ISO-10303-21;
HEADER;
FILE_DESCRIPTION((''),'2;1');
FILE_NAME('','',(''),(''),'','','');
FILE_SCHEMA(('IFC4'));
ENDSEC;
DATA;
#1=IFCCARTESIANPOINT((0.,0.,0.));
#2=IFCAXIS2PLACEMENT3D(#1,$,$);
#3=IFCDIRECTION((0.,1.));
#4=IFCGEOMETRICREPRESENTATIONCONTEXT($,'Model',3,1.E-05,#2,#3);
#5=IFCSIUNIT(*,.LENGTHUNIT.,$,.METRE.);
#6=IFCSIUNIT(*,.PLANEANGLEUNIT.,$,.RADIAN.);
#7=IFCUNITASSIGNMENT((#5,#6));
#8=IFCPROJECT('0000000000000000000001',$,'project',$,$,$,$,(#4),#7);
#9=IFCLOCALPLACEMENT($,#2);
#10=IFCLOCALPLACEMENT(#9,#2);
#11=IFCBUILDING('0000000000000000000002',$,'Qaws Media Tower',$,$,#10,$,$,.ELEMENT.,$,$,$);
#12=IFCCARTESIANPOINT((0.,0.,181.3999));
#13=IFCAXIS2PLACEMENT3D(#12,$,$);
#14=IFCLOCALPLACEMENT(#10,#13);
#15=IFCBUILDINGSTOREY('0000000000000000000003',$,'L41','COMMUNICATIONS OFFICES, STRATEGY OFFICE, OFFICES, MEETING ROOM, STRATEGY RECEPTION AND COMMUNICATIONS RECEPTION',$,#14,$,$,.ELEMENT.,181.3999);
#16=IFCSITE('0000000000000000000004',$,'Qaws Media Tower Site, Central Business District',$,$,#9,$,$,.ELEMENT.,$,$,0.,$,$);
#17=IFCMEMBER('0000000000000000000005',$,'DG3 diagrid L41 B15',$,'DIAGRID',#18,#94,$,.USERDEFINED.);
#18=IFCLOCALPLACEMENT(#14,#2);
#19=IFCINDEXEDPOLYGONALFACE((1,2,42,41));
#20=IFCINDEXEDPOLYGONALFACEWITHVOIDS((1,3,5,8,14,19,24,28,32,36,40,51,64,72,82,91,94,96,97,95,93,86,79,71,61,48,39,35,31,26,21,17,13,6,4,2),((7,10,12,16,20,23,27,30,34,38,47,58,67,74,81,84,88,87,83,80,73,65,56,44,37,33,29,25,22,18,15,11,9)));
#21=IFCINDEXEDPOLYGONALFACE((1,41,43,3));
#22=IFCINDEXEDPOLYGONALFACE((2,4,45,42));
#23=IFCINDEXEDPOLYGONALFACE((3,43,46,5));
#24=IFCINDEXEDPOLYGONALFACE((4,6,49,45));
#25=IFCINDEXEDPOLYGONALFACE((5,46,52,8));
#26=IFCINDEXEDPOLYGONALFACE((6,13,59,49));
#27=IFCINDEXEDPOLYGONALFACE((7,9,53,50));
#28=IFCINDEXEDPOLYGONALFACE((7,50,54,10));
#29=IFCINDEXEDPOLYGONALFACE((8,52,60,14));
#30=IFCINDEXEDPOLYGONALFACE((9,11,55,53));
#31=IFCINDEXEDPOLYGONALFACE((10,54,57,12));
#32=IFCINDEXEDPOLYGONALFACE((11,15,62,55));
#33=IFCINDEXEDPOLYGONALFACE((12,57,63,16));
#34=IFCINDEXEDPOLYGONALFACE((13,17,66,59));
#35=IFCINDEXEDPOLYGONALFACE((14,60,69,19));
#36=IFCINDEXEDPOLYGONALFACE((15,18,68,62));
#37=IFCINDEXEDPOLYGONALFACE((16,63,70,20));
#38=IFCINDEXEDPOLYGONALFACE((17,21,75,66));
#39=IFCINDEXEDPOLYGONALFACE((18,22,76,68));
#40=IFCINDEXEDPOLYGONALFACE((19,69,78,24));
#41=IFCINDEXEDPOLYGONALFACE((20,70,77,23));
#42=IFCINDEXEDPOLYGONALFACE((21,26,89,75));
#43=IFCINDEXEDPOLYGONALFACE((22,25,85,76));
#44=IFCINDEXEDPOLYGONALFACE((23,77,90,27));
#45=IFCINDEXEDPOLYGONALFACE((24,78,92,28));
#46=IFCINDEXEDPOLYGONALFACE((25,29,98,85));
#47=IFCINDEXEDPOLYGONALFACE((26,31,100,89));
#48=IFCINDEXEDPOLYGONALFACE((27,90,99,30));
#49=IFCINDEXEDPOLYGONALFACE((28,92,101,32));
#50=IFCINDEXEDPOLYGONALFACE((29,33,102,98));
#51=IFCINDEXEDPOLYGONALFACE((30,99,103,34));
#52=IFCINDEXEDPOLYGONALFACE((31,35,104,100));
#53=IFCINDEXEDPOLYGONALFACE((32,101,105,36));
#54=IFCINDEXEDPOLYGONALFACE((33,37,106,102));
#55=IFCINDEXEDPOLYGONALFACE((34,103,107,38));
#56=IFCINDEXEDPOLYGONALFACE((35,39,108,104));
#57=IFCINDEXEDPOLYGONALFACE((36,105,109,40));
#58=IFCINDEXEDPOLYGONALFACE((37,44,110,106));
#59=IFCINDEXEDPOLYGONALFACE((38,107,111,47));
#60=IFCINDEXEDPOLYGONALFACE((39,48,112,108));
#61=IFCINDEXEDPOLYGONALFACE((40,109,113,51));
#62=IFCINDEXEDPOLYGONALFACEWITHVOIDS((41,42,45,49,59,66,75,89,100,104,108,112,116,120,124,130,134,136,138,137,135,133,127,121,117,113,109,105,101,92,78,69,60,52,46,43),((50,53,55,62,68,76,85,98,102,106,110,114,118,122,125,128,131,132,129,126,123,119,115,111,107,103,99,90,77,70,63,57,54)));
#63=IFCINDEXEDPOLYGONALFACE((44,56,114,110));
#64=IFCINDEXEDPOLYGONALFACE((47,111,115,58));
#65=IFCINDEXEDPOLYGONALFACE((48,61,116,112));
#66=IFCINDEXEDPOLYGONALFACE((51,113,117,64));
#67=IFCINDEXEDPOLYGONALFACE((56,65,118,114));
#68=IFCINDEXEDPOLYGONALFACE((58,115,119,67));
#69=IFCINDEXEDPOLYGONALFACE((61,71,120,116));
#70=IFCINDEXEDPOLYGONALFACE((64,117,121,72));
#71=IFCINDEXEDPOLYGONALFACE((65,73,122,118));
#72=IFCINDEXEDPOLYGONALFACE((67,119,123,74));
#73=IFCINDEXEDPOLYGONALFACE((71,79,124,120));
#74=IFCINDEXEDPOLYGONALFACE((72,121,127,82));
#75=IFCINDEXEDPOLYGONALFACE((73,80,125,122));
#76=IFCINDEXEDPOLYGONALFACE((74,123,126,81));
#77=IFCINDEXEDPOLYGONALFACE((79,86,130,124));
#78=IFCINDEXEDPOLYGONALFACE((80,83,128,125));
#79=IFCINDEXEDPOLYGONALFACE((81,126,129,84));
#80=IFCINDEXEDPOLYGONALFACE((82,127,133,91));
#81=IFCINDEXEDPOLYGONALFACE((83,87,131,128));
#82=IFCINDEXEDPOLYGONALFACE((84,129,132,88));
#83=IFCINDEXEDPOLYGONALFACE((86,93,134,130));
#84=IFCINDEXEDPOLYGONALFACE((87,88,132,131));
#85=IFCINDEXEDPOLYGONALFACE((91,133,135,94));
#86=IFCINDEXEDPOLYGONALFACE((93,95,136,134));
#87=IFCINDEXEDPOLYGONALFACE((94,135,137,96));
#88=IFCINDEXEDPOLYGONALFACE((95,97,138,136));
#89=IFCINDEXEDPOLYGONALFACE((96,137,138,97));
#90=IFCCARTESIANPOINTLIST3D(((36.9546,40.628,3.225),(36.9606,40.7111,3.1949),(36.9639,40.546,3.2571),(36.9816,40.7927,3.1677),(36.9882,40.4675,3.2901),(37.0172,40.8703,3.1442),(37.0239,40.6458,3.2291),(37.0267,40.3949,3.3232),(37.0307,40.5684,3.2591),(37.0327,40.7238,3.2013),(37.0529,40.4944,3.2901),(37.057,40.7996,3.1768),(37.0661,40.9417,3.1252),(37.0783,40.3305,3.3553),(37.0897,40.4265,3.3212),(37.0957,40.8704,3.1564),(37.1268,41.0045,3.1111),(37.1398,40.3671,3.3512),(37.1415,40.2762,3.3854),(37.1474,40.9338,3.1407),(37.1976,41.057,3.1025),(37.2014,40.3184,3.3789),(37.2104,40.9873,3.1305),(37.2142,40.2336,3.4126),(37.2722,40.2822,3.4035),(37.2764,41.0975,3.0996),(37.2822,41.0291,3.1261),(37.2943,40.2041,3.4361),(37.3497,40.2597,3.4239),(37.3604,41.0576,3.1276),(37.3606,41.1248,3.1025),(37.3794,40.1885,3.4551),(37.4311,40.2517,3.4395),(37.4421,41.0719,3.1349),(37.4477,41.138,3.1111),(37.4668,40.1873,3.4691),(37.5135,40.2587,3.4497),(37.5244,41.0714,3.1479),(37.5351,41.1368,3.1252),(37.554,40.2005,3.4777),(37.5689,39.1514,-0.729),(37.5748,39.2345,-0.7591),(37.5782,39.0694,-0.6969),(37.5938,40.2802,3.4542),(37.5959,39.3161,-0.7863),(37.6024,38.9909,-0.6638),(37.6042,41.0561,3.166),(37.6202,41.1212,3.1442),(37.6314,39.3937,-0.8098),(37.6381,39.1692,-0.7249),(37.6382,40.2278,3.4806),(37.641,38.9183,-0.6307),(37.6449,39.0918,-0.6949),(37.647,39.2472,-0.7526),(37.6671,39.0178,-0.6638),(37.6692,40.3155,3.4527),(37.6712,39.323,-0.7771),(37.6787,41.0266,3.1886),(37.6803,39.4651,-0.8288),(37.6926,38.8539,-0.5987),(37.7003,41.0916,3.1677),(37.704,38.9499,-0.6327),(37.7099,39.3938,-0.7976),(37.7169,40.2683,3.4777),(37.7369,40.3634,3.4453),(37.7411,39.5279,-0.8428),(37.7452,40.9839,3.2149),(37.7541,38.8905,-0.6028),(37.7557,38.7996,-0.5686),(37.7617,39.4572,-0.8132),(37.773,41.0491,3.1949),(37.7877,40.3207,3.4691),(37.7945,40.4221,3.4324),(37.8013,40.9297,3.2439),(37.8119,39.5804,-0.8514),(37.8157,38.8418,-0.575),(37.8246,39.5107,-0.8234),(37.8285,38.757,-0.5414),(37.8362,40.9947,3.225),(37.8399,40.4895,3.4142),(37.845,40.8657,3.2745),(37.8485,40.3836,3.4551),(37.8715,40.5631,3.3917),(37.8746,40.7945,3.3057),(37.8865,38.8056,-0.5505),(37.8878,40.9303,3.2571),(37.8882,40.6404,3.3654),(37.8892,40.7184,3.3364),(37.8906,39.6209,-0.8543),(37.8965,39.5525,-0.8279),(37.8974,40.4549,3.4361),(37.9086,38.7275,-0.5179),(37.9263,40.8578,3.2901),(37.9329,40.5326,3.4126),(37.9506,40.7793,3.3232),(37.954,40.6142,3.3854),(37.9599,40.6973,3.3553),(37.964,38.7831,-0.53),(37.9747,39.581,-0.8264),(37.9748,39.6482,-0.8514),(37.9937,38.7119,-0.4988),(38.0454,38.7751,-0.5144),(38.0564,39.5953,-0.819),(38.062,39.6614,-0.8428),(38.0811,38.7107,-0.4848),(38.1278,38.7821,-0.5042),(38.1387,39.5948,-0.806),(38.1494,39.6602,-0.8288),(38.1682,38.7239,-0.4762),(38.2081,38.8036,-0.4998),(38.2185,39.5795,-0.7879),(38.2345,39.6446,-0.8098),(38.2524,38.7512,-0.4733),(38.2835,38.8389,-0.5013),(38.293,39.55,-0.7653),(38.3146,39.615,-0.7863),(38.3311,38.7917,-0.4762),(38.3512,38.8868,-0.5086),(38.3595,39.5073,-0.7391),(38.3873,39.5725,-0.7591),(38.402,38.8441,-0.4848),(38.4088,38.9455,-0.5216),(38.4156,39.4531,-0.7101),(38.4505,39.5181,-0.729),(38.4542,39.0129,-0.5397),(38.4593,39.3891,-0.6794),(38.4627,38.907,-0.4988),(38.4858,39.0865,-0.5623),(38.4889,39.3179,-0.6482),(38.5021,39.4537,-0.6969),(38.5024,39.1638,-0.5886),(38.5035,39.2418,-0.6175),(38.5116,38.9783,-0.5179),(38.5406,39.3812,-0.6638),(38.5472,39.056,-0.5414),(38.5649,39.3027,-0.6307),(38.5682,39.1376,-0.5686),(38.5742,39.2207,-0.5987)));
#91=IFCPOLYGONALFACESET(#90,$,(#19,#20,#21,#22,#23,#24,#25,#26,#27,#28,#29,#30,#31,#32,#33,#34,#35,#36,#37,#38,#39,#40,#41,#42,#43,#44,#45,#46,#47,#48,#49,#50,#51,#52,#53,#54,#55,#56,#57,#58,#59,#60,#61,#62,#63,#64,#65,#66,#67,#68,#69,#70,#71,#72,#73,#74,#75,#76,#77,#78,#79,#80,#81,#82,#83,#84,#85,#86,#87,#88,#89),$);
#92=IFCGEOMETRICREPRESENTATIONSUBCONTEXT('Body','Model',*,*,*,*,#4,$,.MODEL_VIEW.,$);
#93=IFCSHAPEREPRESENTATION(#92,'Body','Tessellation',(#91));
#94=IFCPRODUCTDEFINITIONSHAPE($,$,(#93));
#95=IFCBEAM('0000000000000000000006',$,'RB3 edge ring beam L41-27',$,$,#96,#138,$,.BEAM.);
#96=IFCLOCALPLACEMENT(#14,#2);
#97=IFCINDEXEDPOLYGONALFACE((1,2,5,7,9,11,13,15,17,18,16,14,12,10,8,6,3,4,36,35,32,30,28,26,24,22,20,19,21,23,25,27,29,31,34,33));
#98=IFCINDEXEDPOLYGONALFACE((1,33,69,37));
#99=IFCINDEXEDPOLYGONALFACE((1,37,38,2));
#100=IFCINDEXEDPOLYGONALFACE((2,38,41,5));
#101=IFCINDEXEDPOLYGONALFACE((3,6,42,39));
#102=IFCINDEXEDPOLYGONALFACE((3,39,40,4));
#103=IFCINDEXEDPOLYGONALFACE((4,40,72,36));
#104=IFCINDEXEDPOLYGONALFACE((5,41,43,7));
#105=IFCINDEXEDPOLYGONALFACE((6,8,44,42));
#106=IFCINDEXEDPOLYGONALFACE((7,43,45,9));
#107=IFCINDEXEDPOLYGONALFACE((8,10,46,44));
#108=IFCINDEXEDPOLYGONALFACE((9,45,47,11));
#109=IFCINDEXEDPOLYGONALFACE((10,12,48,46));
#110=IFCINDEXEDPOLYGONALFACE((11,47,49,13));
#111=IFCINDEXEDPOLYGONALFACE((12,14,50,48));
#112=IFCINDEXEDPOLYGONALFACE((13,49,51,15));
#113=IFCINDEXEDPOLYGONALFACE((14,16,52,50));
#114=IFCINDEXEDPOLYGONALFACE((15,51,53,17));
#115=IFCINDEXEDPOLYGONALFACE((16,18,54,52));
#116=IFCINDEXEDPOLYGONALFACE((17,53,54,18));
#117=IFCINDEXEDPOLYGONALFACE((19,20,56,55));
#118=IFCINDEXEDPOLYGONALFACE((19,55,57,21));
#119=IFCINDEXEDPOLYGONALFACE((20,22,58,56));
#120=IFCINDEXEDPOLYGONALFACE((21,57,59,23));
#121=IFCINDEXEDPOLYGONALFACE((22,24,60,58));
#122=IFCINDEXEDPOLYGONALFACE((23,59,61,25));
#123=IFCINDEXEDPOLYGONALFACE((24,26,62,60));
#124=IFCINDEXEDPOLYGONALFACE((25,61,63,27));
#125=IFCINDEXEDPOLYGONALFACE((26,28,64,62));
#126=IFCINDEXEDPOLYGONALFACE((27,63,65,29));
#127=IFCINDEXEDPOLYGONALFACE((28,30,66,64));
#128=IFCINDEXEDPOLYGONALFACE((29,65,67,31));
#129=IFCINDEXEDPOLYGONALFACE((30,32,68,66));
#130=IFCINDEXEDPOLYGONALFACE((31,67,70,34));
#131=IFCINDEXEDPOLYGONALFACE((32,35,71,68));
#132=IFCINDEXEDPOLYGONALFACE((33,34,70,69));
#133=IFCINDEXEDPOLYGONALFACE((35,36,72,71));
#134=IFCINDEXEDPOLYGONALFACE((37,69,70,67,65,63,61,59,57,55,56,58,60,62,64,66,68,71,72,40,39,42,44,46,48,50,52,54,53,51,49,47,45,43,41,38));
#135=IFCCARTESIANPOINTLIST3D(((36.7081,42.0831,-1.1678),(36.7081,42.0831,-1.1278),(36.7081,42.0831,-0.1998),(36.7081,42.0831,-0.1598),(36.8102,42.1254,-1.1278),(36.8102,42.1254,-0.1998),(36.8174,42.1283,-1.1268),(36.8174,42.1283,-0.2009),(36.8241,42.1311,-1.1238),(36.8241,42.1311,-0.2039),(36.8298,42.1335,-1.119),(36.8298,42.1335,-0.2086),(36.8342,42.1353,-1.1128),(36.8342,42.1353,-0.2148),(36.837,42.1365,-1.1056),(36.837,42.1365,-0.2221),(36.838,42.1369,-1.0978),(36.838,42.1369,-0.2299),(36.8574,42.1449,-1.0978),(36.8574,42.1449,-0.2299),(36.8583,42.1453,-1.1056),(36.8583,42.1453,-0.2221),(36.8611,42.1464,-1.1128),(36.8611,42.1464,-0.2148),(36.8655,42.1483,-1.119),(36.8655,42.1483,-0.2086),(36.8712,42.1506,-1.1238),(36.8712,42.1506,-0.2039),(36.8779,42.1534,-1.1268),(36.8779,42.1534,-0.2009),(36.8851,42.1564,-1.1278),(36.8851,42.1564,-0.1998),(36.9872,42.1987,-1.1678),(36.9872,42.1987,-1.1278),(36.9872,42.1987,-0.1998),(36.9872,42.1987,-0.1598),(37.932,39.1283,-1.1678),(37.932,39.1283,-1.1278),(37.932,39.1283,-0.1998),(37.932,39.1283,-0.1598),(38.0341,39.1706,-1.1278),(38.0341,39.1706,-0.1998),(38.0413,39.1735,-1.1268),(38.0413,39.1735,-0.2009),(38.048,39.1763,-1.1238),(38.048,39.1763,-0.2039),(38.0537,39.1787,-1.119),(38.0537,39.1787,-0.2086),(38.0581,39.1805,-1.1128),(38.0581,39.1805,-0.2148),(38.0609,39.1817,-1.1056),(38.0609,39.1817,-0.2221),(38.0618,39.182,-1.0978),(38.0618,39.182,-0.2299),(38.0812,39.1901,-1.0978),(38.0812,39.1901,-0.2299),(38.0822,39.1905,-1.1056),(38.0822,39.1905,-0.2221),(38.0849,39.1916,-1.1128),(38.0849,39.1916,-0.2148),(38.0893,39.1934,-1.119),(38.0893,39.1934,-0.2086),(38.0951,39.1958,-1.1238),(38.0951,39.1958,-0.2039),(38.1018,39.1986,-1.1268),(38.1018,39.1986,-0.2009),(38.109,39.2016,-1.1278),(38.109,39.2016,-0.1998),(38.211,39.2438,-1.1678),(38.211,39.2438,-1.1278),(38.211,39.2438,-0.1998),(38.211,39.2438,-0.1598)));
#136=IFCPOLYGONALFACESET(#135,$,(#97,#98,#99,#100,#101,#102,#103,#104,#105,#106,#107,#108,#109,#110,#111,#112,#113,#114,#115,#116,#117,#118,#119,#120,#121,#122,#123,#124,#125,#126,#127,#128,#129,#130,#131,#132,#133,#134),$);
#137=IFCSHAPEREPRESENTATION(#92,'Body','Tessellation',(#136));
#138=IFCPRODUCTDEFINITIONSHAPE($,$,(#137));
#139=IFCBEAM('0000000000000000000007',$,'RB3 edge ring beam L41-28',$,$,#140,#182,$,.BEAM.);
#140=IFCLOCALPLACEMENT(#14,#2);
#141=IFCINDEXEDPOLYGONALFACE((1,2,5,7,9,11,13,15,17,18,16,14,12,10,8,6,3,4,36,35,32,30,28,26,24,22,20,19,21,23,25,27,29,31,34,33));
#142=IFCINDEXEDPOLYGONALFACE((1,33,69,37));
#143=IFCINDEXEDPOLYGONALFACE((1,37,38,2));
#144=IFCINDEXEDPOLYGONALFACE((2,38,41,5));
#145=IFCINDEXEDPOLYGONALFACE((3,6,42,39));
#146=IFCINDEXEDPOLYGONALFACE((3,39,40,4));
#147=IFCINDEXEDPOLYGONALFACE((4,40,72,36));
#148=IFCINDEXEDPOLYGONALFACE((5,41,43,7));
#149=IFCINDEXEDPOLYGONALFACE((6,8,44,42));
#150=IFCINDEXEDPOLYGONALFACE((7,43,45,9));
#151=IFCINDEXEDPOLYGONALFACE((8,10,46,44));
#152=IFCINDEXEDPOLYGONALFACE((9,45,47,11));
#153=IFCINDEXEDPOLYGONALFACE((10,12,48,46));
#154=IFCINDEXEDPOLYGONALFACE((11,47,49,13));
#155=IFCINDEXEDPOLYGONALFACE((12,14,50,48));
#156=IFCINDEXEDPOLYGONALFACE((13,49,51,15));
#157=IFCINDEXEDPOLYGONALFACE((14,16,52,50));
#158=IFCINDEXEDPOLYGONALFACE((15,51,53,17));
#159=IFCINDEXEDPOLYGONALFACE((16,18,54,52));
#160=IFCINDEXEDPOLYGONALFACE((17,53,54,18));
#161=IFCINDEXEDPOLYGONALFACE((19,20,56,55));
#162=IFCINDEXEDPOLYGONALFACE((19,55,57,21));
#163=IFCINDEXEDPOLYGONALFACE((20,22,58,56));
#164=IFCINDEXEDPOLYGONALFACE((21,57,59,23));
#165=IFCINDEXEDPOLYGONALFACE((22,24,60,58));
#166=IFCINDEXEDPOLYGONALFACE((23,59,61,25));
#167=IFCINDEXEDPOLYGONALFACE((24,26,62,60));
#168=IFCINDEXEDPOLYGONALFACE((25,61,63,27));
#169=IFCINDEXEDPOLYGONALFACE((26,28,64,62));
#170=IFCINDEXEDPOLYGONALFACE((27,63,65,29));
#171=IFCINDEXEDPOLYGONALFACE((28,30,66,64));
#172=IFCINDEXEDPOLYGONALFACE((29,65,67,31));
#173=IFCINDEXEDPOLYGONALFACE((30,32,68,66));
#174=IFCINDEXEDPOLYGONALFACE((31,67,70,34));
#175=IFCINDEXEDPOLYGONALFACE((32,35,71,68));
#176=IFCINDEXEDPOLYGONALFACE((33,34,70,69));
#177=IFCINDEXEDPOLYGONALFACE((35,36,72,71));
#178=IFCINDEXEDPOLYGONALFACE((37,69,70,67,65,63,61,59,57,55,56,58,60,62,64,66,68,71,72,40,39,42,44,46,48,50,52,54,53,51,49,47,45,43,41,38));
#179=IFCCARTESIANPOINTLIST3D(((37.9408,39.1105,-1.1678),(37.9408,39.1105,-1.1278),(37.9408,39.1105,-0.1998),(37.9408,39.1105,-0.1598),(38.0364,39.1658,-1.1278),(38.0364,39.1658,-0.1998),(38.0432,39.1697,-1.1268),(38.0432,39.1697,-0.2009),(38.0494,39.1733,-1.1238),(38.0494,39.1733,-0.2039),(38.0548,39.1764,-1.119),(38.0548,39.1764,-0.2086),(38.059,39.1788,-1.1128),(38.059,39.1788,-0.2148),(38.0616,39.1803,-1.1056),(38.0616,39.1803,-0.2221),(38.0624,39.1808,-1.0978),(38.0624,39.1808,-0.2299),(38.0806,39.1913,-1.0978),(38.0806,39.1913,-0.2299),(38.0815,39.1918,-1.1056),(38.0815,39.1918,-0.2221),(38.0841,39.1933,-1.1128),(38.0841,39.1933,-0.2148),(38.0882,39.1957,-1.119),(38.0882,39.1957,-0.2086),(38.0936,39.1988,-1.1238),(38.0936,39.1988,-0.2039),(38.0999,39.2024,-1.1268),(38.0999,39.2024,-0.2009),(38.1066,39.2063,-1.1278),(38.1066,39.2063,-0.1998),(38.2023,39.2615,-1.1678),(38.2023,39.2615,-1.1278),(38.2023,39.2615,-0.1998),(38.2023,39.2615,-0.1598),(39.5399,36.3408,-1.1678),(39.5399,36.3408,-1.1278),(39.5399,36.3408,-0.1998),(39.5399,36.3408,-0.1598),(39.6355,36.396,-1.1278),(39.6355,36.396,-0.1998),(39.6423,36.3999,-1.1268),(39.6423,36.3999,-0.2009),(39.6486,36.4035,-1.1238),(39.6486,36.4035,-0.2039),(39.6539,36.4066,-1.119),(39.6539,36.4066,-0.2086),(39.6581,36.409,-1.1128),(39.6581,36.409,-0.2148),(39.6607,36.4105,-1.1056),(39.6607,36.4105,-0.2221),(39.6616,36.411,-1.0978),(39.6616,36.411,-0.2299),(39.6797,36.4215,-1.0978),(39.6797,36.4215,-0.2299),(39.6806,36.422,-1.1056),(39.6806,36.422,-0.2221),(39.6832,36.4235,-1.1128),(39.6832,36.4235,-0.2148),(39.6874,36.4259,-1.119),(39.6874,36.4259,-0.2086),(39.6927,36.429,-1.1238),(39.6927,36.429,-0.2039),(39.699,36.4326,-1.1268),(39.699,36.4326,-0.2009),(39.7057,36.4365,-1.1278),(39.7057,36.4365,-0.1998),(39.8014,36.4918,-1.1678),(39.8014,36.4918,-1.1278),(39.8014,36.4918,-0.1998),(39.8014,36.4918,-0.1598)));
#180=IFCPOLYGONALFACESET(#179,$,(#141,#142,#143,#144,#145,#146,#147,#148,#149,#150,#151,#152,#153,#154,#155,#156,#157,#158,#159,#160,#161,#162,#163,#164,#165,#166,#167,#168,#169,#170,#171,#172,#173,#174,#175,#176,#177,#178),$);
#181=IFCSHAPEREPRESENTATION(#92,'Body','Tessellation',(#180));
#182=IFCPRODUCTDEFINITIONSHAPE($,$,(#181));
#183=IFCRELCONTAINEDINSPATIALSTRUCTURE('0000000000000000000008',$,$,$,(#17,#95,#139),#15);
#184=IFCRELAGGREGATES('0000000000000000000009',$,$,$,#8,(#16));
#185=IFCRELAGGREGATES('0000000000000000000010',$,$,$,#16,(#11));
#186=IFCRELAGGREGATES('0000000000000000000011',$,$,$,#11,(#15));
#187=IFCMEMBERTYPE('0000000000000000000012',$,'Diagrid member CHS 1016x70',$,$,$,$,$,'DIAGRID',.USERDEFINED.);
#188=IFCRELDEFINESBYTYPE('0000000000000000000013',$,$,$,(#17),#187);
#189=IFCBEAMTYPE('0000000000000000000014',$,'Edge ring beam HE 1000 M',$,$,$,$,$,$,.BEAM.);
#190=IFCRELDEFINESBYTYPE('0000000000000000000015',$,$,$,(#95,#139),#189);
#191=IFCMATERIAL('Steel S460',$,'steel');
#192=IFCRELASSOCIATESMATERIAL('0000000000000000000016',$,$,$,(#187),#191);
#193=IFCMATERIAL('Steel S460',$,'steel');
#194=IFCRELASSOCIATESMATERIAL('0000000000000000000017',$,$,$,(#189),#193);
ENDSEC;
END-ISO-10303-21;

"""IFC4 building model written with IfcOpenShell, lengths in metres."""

from ifc_helpers import new_model, si_unit, direction, frame, origin, origin_2d, place, context, subcontext, project, spatial, hollow_circle, i_section, extrude, material, material_profile, profile_set, type_object, element, save


model = new_model("IFC4")

# Units and contexts
model_context = context("Model", 3, precision=1e-05, world=origin(), true_north=direction((0.0, 1.0)))
body_context = subcontext(model_context, "Body", "Model", "MODEL_VIEW")
ifc_project = project(units=[si_unit("LENGTHUNIT", "METRE"), si_unit("PLANEANGLEUNIT", "RADIAN")], contexts=[model_context])

# Site, building, storey
site_placement = place(None, origin())
site = spatial("IfcSite", under=ifc_project, at=site_placement, Name="Qaws Media Tower Site, Central Business District", CompositionType="ELEMENT", RefElevation=0.0)
building_placement = place(site_placement, origin())
building = spatial("IfcBuilding", under=site, at=building_placement, Name="Qaws Media Tower", CompositionType="ELEMENT")
storey_placement = place(building_placement, frame((0.0, 0.0, 181.3999)))
storey = spatial("IfcBuildingStorey", under=building, at=storey_placement, Name="L41", Description="COMMUNICATIONS OFFICES, STRATEGY OFFICE, OFFICES, MEETING ROOM, STRATEGY RECEPTION AND COMMUNICATIONS RECEPTION", CompositionType="ELEMENT", Elevation=181.3999)

# Member
ifc_material_1 = material(Name="Steel S460", Category="steel")
ifc_material_profile_1 = material_profile(ifc_material_1, hollow_circle(Radius=0.5081, WallThickness=0.0701, at=origin_2d()), Name="CHS 1016x70")
ifc_profile_set_1 = profile_set([ifc_material_profile_1], Name="Steel S460")
member_type_1 = type_object("IfcMemberType", Name="Diagrid member CHS 1016x70", ElementType="DIAGRID", PredefinedType="USERDEFINED", material=ifc_profile_set_1)
member_1_placement = place(storey_placement, frame((38.0715, 39.186, -0.6638), z_axis=(-0.144022, 0.346202, 0.927039), x_axis=(-0.923294, -0.384095, 0.0)))
element("IfcMember", 1, at=member_1_placement, inside=storey, type_object=member_type_1, Name="DG3 diagrid L41 B15", ObjectType="DIAGRID", PredefinedType="USERDEFINED", context=body_context, shape_type="SweptSolid", body=[
    extrude(hollow_circle(Radius=0.5081, WallThickness=0.0701, at=origin_2d()), origin(), (0.0, 0.0, 1.0), 4.2651),
])

# Beams
ifc_material_2 = material(Name="Steel S460", Category="steel")
ifc_material_profile_2 = material_profile(ifc_material_2, i_section(OverallWidth=0.302, OverallDepth=1.0081, WebThickness=0.021, FlangeThickness=0.04, FilletRadius=0.03, at=origin_2d()), Name="HE 1000 M")
ifc_profile_set_2 = profile_set([ifc_material_profile_2], Name="Steel S460")
beam_type = type_object("IfcBeamType", Name="Edge ring beam HE 1000 M", PredefinedType="BEAM", material=ifc_profile_set_2)
for number, where, z_axis, x_axis, name in (
    (2, (36.8477, 42.1409, -0.6638), (0.382669, -0.923886, 0.0), (0.923886, 0.382669, 0.0), "RB3 edge ring beam L41-27"),
    (3, (38.0715, 39.186, -0.6638), (0.499998, -0.866027, 0.0), (0.866027, 0.499998, 0.0), "RB3 edge ring beam L41-28"),
):
    element("IfcBeam", number, at=place(storey_placement, frame(where, z_axis=z_axis, x_axis=x_axis)), inside=storey, type_object=beam_type, Name=name, PredefinedType="BEAM", context=body_context, shape_type="SweptSolid", body=[
        extrude(i_section(OverallWidth=0.302, OverallDepth=1.0081, WebThickness=0.021, FlangeThickness=0.04, FilletRadius=0.03, at=origin_2d()), origin(), (0.0, 0.0, 1.0), 3.1982),
    ])

save(model, "model.ifc")
